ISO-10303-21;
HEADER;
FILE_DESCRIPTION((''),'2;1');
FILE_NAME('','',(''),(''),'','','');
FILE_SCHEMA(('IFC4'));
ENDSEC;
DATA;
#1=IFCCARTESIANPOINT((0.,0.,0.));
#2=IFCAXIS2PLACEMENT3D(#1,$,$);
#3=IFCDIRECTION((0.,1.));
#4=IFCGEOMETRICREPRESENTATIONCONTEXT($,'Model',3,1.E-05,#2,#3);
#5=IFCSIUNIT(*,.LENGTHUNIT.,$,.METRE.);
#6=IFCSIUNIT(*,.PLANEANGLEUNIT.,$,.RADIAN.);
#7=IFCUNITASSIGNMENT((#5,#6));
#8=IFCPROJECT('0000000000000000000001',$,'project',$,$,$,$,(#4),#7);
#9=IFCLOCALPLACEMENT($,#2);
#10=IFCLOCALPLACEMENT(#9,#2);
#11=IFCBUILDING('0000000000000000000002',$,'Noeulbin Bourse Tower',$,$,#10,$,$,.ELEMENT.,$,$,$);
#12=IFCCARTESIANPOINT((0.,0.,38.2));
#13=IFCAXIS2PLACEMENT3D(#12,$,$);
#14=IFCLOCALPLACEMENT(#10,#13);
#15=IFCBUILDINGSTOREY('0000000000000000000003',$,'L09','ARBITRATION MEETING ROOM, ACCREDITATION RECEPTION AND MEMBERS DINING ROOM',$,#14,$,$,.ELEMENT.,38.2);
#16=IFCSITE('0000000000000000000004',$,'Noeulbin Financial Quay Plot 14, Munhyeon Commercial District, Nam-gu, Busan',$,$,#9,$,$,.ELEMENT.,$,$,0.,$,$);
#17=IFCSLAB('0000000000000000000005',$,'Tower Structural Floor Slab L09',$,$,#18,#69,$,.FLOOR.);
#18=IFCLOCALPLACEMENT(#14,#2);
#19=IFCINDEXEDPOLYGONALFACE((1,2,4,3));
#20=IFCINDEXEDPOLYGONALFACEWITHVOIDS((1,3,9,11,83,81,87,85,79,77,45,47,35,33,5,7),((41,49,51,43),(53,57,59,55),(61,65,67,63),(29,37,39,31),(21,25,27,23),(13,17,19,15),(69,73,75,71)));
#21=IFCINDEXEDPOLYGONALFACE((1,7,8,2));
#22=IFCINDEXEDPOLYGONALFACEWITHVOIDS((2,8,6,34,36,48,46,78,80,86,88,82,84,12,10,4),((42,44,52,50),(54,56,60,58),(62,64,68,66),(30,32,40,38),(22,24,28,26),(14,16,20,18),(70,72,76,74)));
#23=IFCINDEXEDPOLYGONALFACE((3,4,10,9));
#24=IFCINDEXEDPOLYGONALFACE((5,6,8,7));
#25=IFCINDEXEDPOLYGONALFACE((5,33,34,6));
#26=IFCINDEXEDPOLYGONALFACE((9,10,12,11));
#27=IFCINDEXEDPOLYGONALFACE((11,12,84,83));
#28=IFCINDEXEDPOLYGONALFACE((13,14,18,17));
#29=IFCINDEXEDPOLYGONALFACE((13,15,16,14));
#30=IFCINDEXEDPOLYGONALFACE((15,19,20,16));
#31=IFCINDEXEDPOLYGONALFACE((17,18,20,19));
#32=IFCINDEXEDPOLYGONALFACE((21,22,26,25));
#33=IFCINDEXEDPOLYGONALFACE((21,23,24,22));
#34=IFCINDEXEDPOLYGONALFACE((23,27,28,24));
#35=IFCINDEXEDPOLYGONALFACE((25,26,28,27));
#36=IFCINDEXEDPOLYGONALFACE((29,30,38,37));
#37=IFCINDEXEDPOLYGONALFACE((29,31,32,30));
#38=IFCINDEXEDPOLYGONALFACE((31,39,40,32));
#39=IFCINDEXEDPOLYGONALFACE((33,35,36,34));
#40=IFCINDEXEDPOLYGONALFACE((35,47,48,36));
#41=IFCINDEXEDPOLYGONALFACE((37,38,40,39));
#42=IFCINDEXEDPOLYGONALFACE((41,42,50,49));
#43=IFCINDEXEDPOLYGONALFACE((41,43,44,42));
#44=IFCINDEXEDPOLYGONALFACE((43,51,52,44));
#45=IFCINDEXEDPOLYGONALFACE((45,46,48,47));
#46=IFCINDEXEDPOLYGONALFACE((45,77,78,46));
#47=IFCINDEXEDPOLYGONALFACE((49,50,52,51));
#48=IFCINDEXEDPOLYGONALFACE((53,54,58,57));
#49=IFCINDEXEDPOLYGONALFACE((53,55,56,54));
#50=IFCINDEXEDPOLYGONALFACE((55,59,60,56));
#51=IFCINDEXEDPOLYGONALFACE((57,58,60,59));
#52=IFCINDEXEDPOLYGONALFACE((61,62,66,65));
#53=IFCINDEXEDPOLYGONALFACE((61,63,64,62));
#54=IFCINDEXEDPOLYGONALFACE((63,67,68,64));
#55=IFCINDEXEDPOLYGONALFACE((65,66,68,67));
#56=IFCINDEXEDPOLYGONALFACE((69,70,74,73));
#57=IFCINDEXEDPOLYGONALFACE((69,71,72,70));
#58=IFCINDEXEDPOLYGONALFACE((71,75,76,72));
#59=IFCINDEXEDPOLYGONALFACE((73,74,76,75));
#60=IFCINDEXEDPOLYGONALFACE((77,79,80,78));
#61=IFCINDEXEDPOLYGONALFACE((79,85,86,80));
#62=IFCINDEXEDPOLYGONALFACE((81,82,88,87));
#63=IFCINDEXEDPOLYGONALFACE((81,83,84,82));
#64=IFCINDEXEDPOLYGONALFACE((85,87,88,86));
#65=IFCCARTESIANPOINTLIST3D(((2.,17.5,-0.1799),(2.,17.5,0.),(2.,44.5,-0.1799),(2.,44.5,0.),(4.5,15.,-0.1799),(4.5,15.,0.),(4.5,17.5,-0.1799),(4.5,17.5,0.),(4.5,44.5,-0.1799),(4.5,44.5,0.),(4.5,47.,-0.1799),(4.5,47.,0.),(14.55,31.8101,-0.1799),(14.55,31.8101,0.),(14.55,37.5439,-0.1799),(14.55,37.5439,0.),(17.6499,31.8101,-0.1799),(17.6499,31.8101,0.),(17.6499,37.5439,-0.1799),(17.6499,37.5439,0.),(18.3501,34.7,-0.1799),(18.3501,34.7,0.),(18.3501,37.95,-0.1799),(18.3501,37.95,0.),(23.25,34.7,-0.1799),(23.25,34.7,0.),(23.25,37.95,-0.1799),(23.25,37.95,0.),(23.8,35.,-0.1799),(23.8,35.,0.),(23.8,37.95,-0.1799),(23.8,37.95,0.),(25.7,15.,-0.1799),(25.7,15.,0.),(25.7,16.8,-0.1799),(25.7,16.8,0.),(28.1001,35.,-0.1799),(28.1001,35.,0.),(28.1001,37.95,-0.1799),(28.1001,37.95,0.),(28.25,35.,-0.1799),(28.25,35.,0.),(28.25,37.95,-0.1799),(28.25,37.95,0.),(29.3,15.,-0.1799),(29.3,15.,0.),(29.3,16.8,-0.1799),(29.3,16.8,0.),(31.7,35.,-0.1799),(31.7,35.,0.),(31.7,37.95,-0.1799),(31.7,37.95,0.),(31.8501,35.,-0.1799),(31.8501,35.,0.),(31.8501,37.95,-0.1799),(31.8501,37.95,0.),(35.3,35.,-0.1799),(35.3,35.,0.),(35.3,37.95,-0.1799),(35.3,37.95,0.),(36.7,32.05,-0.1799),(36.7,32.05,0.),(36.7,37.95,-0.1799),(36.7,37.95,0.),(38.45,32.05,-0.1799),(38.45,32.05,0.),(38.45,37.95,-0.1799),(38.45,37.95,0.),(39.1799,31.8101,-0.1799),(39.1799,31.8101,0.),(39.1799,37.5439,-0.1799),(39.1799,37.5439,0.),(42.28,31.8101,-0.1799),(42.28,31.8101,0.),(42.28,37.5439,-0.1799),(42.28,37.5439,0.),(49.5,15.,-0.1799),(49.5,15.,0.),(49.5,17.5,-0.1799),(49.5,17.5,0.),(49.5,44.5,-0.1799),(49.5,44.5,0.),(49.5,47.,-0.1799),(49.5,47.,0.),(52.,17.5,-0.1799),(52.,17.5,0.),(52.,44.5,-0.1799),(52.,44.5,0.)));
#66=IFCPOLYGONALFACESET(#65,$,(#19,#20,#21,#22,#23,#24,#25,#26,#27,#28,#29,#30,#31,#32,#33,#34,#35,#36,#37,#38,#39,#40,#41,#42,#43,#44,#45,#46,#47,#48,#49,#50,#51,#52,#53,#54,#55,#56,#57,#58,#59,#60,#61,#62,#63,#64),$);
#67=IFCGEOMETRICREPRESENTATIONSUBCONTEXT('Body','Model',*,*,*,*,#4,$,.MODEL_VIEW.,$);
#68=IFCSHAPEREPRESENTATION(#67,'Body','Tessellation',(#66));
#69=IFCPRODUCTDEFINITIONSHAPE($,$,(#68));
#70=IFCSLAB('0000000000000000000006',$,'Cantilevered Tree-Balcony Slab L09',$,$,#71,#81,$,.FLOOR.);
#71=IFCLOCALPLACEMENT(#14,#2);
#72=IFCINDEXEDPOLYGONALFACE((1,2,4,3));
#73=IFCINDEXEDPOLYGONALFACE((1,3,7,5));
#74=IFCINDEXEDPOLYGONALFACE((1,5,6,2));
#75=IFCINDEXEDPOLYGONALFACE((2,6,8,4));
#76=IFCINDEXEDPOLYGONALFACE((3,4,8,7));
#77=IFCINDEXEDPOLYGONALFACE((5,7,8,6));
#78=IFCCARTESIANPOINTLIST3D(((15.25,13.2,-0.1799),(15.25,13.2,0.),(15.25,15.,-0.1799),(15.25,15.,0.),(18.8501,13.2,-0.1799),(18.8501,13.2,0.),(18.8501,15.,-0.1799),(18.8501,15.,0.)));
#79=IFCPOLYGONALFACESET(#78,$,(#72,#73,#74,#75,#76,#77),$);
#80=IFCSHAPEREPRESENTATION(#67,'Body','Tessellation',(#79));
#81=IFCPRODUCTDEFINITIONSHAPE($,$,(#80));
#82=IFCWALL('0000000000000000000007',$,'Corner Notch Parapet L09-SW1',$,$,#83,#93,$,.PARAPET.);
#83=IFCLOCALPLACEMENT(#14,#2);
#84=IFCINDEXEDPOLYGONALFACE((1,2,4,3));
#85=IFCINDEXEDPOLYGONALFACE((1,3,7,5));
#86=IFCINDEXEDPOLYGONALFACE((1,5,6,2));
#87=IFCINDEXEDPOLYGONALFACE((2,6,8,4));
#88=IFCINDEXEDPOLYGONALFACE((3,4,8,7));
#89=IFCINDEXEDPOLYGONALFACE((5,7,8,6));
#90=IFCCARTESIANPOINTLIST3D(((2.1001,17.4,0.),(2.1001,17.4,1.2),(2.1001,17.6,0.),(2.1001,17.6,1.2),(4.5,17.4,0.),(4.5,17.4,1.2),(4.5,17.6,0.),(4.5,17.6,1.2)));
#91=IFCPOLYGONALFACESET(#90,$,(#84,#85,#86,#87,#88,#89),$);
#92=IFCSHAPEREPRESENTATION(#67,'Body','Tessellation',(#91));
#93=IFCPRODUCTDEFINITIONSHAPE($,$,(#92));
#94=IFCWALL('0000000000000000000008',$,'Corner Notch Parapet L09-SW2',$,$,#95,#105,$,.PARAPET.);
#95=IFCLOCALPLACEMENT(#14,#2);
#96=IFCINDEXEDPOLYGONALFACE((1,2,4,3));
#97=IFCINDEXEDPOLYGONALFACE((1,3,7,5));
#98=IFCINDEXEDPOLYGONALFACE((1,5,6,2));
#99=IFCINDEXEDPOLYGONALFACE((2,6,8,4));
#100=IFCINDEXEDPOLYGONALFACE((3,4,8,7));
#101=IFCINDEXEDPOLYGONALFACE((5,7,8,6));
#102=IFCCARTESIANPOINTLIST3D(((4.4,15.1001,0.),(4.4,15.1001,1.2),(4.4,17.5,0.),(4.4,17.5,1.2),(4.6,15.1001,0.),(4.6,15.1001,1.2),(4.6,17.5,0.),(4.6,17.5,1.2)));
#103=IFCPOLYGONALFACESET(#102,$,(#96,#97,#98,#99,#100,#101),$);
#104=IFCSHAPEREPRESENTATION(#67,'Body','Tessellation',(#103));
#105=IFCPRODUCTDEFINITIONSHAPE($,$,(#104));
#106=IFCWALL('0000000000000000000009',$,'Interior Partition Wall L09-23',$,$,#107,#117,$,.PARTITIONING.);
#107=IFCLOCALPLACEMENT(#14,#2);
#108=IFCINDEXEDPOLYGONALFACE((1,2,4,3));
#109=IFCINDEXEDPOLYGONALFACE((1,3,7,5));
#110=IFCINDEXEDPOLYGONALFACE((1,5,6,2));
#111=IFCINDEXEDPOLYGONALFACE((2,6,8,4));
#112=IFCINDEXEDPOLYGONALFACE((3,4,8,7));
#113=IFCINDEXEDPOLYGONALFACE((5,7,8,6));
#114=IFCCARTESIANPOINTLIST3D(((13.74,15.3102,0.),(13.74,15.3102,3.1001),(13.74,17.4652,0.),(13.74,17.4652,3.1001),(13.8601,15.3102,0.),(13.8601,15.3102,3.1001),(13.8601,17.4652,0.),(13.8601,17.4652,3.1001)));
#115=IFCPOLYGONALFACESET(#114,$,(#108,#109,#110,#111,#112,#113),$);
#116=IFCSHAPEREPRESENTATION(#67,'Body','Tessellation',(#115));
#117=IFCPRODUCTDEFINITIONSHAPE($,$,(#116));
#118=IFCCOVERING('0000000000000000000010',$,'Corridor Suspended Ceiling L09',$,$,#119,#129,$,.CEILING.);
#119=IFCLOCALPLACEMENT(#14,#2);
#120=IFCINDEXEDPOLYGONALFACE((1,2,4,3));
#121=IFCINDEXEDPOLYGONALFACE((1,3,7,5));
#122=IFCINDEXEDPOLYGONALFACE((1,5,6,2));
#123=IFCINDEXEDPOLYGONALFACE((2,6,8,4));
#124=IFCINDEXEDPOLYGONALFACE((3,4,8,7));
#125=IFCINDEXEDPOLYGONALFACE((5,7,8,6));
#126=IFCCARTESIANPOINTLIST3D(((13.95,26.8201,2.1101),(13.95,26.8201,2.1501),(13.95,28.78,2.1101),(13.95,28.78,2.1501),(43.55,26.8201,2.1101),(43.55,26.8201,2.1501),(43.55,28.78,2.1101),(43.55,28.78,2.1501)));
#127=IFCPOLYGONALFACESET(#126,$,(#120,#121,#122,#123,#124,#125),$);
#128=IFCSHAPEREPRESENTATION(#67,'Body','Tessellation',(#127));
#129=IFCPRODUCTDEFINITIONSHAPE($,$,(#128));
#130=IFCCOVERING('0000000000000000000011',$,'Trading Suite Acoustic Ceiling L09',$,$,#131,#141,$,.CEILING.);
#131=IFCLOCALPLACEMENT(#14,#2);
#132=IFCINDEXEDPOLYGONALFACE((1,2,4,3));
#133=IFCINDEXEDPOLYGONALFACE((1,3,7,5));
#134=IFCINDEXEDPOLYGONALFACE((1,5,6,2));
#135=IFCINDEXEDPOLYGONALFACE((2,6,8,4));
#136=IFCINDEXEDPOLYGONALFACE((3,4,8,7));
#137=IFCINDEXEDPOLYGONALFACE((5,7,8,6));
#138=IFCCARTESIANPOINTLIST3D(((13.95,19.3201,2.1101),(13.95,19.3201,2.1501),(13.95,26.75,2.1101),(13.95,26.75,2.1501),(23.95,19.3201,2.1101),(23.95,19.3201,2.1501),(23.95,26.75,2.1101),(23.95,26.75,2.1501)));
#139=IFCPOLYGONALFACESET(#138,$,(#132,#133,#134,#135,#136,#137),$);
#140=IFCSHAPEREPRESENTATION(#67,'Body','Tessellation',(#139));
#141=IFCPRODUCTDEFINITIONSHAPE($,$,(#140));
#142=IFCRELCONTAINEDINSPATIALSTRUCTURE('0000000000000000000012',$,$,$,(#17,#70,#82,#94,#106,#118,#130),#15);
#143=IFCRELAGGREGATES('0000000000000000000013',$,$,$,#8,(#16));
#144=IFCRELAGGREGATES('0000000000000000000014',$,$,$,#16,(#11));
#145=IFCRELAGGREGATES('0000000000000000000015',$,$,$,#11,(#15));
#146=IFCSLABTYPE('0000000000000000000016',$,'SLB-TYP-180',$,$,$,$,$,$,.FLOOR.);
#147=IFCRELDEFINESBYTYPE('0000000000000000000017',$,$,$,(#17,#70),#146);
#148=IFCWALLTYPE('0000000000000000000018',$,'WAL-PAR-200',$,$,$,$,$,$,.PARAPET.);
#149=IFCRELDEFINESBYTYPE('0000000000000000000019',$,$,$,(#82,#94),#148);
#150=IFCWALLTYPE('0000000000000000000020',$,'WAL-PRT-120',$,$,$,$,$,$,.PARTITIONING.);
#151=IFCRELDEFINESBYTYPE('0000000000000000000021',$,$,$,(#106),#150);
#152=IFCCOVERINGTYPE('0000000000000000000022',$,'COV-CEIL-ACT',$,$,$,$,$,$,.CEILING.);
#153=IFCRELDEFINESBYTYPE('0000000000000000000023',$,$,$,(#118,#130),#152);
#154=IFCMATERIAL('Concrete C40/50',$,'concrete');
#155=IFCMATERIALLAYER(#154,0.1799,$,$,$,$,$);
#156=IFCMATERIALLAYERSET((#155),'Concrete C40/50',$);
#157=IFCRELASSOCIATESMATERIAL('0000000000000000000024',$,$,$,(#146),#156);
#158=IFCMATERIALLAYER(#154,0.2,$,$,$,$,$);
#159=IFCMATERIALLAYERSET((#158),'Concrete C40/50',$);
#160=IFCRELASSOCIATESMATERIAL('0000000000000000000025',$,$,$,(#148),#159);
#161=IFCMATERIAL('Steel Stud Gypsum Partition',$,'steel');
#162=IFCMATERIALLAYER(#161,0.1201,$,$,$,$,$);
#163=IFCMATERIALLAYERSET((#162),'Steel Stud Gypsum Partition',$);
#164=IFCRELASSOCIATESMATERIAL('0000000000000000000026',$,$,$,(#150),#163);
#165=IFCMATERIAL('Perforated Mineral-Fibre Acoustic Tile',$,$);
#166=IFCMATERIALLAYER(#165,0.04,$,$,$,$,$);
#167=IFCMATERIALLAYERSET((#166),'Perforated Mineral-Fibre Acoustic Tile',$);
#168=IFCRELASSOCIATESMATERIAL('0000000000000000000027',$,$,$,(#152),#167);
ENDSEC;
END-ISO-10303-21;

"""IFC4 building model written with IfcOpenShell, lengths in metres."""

from ifc_helpers import new_model, si_unit, direction, frame, frame_2d, origin, place, context, subcontext, project, spatial, polyline, rectangle, outline, extrude, material, layer, layer_set, type_object, element, save


model = new_model("IFC4")

# Units and contexts
model_context = context("Model", 3, precision=1e-05, world=origin(), true_north=direction((0.0, 1.0)))
body_context = subcontext(model_context, "Body", "Model", "MODEL_VIEW")
ifc_project = project(units=[si_unit("LENGTHUNIT", "METRE"), si_unit("PLANEANGLEUNIT", "RADIAN")], contexts=[model_context])

# Site, building, storey
site_placement = place(None, origin())
site = spatial("IfcSite", under=ifc_project, at=site_placement, Name="Noeulbin Financial Quay Plot 14, Munhyeon Commercial District, Nam-gu, Busan", CompositionType="ELEMENT", RefElevation=0.0)
building_placement = place(site_placement, origin())
building = spatial("IfcBuilding", under=site, at=building_placement, Name="Noeulbin Bourse Tower", CompositionType="ELEMENT")
storey_placement = place(building_placement, frame((0.0, 0.0, 38.2)))
storey = spatial("IfcBuildingStorey", under=building, at=storey_placement, Name="L09", Description="ARBITRATION MEETING ROOM, ACCREDITATION RECEPTION AND MEMBERS DINING ROOM", CompositionType="ELEMENT", Elevation=38.2)

# Shared definitions
ifc_material_1 = material(Name="Concrete C40/50", Category="concrete")

# Slab, openings
ifc_layer_1 = layer(ifc_material_1, 0.1799)
ifc_layer_set_1 = layer_set([ifc_layer_1], Name="Concrete C40/50")
slab_type_1 = type_object("IfcSlabType", Name="SLB-TYP-180", PredefinedType="FLOOR", material=ifc_layer_set_1)
slab_1_placement = place(storey_placement, frame((0.0, 0.0, -0.1799)))
slab_1 = element("IfcSlab", 1, at=slab_1_placement, inside=storey, type_object=slab_type_1, Name="Tower Structural Floor Slab L09", PredefinedType="FLOOR", context=body_context, shape_type="SweptSolid", body=[
    extrude(outline(polyline([(4.5, 15.0), (25.7, 15.0), (25.7, 16.8), (29.3, 16.8), (29.3, 15.0), (49.5, 15.0), (49.5, 17.5), (52.0, 17.5), (52.0, 44.5), (49.5, 44.5), (49.5, 47.0), (4.5, 47.0), (4.5, 44.5), (2.0, 44.5), (2.0, 17.5), (4.5, 17.5), (4.5, 15.0)]), holes=[polyline([(17.6499, 31.8101), (17.6499, 37.5439), (14.55, 37.5439), (14.55, 31.8101), (17.6499, 31.8101)]), polyline([(42.28, 31.8101), (42.28, 37.5439), (39.1799, 37.5439), (39.1799, 31.8101), (42.28, 31.8101)]), polyline([(18.3501, 34.7), (23.25, 34.7), (23.25, 37.95), (18.3501, 37.95), (18.3501, 34.7)]), polyline([(36.7, 32.05), (38.45, 32.05), (38.45, 37.95), (36.7, 37.95), (36.7, 32.05)]), polyline([(23.8, 35.0), (28.1001, 35.0), (28.1001, 37.95), (23.8, 37.95), (23.8, 35.0)]), polyline([(28.25, 35.0), (31.7, 35.0), (31.7, 37.95), (28.25, 37.95), (28.25, 35.0)]), polyline([(31.8501, 35.0), (35.3, 35.0), (35.3, 37.95), (31.8501, 37.95), (31.8501, 35.0)])]), origin(), (0.0, 0.0, 1.0), 0.1799),
])
opening_1_placement = place(slab_1_placement, frame((0.0, 0.0, -0.01)))
element("IfcOpeningElement", 2, at=opening_1_placement, cuts=slab_1, PredefinedType="OPENING", context=body_context, shape_type="SweptSolid", body=[
    extrude(outline(polyline([(17.6499, 31.8101), (17.6499, 37.5439), (14.55, 37.5439), (14.55, 31.8101), (17.6499, 31.8101)])), origin(), (0.0, 0.0, 1.0), 0.2),
])
opening_2_placement = place(slab_1_placement, frame((0.0, 0.0, -0.01)))
element("IfcOpeningElement", 3, at=opening_2_placement, cuts=slab_1, PredefinedType="OPENING", context=body_context, shape_type="SweptSolid", body=[
    extrude(outline(polyline([(42.28, 31.8101), (42.28, 37.5439), (39.1799, 37.5439), (39.1799, 31.8101), (42.28, 31.8101)])), origin(), (0.0, 0.0, 1.0), 0.2),
])
opening_3_placement = place(slab_1_placement, frame((0.0, 0.0, -0.01)))
element("IfcOpeningElement", 4, at=opening_3_placement, cuts=slab_1, PredefinedType="OPENING", context=body_context, shape_type="SweptSolid", body=[
    extrude(outline(polyline([(18.3501, 34.7), (23.25, 34.7), (23.25, 37.95), (18.3501, 37.95), (18.3501, 34.7)])), origin(), (0.0, 0.0, 1.0), 0.2),
])
opening_4_placement = place(slab_1_placement, frame((0.0, 0.0, -0.01)))
element("IfcOpeningElement", 5, at=opening_4_placement, cuts=slab_1, PredefinedType="OPENING", context=body_context, shape_type="SweptSolid", body=[
    extrude(outline(polyline([(36.7, 32.05), (38.45, 32.05), (38.45, 37.95), (36.7, 37.95), (36.7, 32.05)])), origin(), (0.0, 0.0, 1.0), 0.2),
])
opening_5_placement = place(slab_1_placement, frame((0.0, 0.0, -0.01)))
element("IfcOpeningElement", 6, at=opening_5_placement, cuts=slab_1, PredefinedType="OPENING", context=body_context, shape_type="SweptSolid", body=[
    extrude(outline(polyline([(23.8, 35.0), (28.1001, 35.0), (28.1001, 37.95), (23.8, 37.95), (23.8, 35.0)])), origin(), (0.0, 0.0, 1.0), 0.2),
])
opening_6_placement = place(slab_1_placement, frame((0.0, 0.0, -0.01)))
element("IfcOpeningElement", 7, at=opening_6_placement, cuts=slab_1, PredefinedType="OPENING", context=body_context, shape_type="SweptSolid", body=[
    extrude(outline(polyline([(28.25, 35.0), (31.7, 35.0), (31.7, 37.95), (28.25, 37.95), (28.25, 35.0)])), origin(), (0.0, 0.0, 1.0), 0.2),
])
opening_7_placement = place(slab_1_placement, frame((0.0, 0.0, -0.01)))
element("IfcOpeningElement", 8, at=opening_7_placement, cuts=slab_1, PredefinedType="OPENING", context=body_context, shape_type="SweptSolid", body=[
    extrude(outline(polyline([(31.8501, 35.0), (35.3, 35.0), (35.3, 37.95), (31.8501, 37.95), (31.8501, 35.0)])), origin(), (0.0, 0.0, 1.0), 0.2),
])

# Slab
slab_2_placement = place(storey_placement, frame((0.0, 0.0, -0.1799)))
element("IfcSlab", 9, at=slab_2_placement, inside=storey, type_object=slab_type_1, Name="Cantilevered Tree-Balcony Slab L09", PredefinedType="FLOOR", context=body_context, shape_type="SweptSolid", body=[
    extrude(outline(polyline([(15.25, 13.2), (18.8501, 13.2), (18.8501, 15.0), (15.25, 15.0), (15.25, 13.2)])), origin(), (0.0, 0.0, 1.0), 0.1799),
])

# Walls
ifc_layer_2 = layer(ifc_material_1, 0.2)
ifc_layer_set_2 = layer_set([ifc_layer_2], Name="Concrete C40/50")
wall_type_1 = type_object("IfcWallType", Name="WAL-PAR-200", PredefinedType="PARAPET", material=ifc_layer_set_2)
for number, where, z_axis, x_axis, name in (
    (10, (2.1001, 17.5, 0.0), (0.0, 0.0, 1.0), (1.0, 0.0, 0.0), "Corner Notch Parapet L09-SW1"),
    (11, (4.5, 17.5, 0.0), (0.0, 0.0, 1.0), (0.0, -1.0, 0.0), "Corner Notch Parapet L09-SW2"),
):
    element("IfcWall", number, at=place(storey_placement, frame(where, z_axis=z_axis, x_axis=x_axis)), inside=storey, type_object=wall_type_1, Name=name, PredefinedType="PARAPET", context=body_context, shape_type="SweptSolid", body=[
        extrude(rectangle(XDim=2.3999, YDim=0.2, at=frame_2d((1.2, 0.0))), origin(), (0.0, 0.0, 1.0), 1.2),
    ])
ifc_material_2 = material(Name="Steel Stud Gypsum Partition", Category="steel")
ifc_layer_3 = layer(ifc_material_2, 0.1201)
ifc_layer_set_3 = layer_set([ifc_layer_3], Name="Steel Stud Gypsum Partition")
wall_type_2 = type_object("IfcWallType", Name="WAL-PRT-120", PredefinedType="PARTITIONING", material=ifc_layer_set_3)
wall_placement = place(storey_placement, frame((13.8, 15.3101, 0.0), z_axis=(0.0, 0.0, 1.0), x_axis=(0.0, 1.0, 0.0)))
element("IfcWall", 12, at=wall_placement, inside=storey, type_object=wall_type_2, Name="Interior Partition Wall L09-23", PredefinedType="PARTITIONING", context=body_context, shape_type="SweptSolid", body=[
    extrude(rectangle(XDim=2.155, YDim=0.1201, at=frame_2d((1.0776, 0.0))), origin(), (0.0, 0.0, 1.0), 3.1001),
])

# Coverings
ifc_material_3 = material(Name="Perforated Mineral-Fibre Acoustic Tile")
ifc_layer_4 = layer(ifc_material_3, 0.04)
ifc_layer_set_4 = layer_set([ifc_layer_4], Name="Perforated Mineral-Fibre Acoustic Tile")
covering_type = type_object("IfcCoveringType", Name="COV-CEIL-ACT", PredefinedType="CEILING", material=ifc_layer_set_4)
covering_1_placement = place(storey_placement, frame((0.0, 0.0, 2.1101)))
element("IfcCovering", 13, at=covering_1_placement, inside=storey, type_object=covering_type, Name="Corridor Suspended Ceiling L09", PredefinedType="CEILING", context=body_context, shape_type="SweptSolid", body=[
    extrude(outline(polyline([(13.95, 26.8201), (43.55, 26.8201), (43.55, 28.78), (13.95, 28.78), (13.95, 26.8201)])), origin(), (0.0, 0.0, 1.0), 0.04),
])
covering_2_placement = place(storey_placement, frame((0.0, 0.0, 2.1101)))
element("IfcCovering", 14, at=covering_2_placement, inside=storey, type_object=covering_type, Name="Trading Suite Acoustic Ceiling L09", PredefinedType="CEILING", context=body_context, shape_type="SweptSolid", body=[
    extrude(outline(polyline([(13.95, 19.3201), (23.95, 19.3201), (23.95, 26.75), (13.95, 26.75), (13.95, 19.3201)])), origin(), (0.0, 0.0, 1.0), 0.04),
])

save(model, "model.ifc")
